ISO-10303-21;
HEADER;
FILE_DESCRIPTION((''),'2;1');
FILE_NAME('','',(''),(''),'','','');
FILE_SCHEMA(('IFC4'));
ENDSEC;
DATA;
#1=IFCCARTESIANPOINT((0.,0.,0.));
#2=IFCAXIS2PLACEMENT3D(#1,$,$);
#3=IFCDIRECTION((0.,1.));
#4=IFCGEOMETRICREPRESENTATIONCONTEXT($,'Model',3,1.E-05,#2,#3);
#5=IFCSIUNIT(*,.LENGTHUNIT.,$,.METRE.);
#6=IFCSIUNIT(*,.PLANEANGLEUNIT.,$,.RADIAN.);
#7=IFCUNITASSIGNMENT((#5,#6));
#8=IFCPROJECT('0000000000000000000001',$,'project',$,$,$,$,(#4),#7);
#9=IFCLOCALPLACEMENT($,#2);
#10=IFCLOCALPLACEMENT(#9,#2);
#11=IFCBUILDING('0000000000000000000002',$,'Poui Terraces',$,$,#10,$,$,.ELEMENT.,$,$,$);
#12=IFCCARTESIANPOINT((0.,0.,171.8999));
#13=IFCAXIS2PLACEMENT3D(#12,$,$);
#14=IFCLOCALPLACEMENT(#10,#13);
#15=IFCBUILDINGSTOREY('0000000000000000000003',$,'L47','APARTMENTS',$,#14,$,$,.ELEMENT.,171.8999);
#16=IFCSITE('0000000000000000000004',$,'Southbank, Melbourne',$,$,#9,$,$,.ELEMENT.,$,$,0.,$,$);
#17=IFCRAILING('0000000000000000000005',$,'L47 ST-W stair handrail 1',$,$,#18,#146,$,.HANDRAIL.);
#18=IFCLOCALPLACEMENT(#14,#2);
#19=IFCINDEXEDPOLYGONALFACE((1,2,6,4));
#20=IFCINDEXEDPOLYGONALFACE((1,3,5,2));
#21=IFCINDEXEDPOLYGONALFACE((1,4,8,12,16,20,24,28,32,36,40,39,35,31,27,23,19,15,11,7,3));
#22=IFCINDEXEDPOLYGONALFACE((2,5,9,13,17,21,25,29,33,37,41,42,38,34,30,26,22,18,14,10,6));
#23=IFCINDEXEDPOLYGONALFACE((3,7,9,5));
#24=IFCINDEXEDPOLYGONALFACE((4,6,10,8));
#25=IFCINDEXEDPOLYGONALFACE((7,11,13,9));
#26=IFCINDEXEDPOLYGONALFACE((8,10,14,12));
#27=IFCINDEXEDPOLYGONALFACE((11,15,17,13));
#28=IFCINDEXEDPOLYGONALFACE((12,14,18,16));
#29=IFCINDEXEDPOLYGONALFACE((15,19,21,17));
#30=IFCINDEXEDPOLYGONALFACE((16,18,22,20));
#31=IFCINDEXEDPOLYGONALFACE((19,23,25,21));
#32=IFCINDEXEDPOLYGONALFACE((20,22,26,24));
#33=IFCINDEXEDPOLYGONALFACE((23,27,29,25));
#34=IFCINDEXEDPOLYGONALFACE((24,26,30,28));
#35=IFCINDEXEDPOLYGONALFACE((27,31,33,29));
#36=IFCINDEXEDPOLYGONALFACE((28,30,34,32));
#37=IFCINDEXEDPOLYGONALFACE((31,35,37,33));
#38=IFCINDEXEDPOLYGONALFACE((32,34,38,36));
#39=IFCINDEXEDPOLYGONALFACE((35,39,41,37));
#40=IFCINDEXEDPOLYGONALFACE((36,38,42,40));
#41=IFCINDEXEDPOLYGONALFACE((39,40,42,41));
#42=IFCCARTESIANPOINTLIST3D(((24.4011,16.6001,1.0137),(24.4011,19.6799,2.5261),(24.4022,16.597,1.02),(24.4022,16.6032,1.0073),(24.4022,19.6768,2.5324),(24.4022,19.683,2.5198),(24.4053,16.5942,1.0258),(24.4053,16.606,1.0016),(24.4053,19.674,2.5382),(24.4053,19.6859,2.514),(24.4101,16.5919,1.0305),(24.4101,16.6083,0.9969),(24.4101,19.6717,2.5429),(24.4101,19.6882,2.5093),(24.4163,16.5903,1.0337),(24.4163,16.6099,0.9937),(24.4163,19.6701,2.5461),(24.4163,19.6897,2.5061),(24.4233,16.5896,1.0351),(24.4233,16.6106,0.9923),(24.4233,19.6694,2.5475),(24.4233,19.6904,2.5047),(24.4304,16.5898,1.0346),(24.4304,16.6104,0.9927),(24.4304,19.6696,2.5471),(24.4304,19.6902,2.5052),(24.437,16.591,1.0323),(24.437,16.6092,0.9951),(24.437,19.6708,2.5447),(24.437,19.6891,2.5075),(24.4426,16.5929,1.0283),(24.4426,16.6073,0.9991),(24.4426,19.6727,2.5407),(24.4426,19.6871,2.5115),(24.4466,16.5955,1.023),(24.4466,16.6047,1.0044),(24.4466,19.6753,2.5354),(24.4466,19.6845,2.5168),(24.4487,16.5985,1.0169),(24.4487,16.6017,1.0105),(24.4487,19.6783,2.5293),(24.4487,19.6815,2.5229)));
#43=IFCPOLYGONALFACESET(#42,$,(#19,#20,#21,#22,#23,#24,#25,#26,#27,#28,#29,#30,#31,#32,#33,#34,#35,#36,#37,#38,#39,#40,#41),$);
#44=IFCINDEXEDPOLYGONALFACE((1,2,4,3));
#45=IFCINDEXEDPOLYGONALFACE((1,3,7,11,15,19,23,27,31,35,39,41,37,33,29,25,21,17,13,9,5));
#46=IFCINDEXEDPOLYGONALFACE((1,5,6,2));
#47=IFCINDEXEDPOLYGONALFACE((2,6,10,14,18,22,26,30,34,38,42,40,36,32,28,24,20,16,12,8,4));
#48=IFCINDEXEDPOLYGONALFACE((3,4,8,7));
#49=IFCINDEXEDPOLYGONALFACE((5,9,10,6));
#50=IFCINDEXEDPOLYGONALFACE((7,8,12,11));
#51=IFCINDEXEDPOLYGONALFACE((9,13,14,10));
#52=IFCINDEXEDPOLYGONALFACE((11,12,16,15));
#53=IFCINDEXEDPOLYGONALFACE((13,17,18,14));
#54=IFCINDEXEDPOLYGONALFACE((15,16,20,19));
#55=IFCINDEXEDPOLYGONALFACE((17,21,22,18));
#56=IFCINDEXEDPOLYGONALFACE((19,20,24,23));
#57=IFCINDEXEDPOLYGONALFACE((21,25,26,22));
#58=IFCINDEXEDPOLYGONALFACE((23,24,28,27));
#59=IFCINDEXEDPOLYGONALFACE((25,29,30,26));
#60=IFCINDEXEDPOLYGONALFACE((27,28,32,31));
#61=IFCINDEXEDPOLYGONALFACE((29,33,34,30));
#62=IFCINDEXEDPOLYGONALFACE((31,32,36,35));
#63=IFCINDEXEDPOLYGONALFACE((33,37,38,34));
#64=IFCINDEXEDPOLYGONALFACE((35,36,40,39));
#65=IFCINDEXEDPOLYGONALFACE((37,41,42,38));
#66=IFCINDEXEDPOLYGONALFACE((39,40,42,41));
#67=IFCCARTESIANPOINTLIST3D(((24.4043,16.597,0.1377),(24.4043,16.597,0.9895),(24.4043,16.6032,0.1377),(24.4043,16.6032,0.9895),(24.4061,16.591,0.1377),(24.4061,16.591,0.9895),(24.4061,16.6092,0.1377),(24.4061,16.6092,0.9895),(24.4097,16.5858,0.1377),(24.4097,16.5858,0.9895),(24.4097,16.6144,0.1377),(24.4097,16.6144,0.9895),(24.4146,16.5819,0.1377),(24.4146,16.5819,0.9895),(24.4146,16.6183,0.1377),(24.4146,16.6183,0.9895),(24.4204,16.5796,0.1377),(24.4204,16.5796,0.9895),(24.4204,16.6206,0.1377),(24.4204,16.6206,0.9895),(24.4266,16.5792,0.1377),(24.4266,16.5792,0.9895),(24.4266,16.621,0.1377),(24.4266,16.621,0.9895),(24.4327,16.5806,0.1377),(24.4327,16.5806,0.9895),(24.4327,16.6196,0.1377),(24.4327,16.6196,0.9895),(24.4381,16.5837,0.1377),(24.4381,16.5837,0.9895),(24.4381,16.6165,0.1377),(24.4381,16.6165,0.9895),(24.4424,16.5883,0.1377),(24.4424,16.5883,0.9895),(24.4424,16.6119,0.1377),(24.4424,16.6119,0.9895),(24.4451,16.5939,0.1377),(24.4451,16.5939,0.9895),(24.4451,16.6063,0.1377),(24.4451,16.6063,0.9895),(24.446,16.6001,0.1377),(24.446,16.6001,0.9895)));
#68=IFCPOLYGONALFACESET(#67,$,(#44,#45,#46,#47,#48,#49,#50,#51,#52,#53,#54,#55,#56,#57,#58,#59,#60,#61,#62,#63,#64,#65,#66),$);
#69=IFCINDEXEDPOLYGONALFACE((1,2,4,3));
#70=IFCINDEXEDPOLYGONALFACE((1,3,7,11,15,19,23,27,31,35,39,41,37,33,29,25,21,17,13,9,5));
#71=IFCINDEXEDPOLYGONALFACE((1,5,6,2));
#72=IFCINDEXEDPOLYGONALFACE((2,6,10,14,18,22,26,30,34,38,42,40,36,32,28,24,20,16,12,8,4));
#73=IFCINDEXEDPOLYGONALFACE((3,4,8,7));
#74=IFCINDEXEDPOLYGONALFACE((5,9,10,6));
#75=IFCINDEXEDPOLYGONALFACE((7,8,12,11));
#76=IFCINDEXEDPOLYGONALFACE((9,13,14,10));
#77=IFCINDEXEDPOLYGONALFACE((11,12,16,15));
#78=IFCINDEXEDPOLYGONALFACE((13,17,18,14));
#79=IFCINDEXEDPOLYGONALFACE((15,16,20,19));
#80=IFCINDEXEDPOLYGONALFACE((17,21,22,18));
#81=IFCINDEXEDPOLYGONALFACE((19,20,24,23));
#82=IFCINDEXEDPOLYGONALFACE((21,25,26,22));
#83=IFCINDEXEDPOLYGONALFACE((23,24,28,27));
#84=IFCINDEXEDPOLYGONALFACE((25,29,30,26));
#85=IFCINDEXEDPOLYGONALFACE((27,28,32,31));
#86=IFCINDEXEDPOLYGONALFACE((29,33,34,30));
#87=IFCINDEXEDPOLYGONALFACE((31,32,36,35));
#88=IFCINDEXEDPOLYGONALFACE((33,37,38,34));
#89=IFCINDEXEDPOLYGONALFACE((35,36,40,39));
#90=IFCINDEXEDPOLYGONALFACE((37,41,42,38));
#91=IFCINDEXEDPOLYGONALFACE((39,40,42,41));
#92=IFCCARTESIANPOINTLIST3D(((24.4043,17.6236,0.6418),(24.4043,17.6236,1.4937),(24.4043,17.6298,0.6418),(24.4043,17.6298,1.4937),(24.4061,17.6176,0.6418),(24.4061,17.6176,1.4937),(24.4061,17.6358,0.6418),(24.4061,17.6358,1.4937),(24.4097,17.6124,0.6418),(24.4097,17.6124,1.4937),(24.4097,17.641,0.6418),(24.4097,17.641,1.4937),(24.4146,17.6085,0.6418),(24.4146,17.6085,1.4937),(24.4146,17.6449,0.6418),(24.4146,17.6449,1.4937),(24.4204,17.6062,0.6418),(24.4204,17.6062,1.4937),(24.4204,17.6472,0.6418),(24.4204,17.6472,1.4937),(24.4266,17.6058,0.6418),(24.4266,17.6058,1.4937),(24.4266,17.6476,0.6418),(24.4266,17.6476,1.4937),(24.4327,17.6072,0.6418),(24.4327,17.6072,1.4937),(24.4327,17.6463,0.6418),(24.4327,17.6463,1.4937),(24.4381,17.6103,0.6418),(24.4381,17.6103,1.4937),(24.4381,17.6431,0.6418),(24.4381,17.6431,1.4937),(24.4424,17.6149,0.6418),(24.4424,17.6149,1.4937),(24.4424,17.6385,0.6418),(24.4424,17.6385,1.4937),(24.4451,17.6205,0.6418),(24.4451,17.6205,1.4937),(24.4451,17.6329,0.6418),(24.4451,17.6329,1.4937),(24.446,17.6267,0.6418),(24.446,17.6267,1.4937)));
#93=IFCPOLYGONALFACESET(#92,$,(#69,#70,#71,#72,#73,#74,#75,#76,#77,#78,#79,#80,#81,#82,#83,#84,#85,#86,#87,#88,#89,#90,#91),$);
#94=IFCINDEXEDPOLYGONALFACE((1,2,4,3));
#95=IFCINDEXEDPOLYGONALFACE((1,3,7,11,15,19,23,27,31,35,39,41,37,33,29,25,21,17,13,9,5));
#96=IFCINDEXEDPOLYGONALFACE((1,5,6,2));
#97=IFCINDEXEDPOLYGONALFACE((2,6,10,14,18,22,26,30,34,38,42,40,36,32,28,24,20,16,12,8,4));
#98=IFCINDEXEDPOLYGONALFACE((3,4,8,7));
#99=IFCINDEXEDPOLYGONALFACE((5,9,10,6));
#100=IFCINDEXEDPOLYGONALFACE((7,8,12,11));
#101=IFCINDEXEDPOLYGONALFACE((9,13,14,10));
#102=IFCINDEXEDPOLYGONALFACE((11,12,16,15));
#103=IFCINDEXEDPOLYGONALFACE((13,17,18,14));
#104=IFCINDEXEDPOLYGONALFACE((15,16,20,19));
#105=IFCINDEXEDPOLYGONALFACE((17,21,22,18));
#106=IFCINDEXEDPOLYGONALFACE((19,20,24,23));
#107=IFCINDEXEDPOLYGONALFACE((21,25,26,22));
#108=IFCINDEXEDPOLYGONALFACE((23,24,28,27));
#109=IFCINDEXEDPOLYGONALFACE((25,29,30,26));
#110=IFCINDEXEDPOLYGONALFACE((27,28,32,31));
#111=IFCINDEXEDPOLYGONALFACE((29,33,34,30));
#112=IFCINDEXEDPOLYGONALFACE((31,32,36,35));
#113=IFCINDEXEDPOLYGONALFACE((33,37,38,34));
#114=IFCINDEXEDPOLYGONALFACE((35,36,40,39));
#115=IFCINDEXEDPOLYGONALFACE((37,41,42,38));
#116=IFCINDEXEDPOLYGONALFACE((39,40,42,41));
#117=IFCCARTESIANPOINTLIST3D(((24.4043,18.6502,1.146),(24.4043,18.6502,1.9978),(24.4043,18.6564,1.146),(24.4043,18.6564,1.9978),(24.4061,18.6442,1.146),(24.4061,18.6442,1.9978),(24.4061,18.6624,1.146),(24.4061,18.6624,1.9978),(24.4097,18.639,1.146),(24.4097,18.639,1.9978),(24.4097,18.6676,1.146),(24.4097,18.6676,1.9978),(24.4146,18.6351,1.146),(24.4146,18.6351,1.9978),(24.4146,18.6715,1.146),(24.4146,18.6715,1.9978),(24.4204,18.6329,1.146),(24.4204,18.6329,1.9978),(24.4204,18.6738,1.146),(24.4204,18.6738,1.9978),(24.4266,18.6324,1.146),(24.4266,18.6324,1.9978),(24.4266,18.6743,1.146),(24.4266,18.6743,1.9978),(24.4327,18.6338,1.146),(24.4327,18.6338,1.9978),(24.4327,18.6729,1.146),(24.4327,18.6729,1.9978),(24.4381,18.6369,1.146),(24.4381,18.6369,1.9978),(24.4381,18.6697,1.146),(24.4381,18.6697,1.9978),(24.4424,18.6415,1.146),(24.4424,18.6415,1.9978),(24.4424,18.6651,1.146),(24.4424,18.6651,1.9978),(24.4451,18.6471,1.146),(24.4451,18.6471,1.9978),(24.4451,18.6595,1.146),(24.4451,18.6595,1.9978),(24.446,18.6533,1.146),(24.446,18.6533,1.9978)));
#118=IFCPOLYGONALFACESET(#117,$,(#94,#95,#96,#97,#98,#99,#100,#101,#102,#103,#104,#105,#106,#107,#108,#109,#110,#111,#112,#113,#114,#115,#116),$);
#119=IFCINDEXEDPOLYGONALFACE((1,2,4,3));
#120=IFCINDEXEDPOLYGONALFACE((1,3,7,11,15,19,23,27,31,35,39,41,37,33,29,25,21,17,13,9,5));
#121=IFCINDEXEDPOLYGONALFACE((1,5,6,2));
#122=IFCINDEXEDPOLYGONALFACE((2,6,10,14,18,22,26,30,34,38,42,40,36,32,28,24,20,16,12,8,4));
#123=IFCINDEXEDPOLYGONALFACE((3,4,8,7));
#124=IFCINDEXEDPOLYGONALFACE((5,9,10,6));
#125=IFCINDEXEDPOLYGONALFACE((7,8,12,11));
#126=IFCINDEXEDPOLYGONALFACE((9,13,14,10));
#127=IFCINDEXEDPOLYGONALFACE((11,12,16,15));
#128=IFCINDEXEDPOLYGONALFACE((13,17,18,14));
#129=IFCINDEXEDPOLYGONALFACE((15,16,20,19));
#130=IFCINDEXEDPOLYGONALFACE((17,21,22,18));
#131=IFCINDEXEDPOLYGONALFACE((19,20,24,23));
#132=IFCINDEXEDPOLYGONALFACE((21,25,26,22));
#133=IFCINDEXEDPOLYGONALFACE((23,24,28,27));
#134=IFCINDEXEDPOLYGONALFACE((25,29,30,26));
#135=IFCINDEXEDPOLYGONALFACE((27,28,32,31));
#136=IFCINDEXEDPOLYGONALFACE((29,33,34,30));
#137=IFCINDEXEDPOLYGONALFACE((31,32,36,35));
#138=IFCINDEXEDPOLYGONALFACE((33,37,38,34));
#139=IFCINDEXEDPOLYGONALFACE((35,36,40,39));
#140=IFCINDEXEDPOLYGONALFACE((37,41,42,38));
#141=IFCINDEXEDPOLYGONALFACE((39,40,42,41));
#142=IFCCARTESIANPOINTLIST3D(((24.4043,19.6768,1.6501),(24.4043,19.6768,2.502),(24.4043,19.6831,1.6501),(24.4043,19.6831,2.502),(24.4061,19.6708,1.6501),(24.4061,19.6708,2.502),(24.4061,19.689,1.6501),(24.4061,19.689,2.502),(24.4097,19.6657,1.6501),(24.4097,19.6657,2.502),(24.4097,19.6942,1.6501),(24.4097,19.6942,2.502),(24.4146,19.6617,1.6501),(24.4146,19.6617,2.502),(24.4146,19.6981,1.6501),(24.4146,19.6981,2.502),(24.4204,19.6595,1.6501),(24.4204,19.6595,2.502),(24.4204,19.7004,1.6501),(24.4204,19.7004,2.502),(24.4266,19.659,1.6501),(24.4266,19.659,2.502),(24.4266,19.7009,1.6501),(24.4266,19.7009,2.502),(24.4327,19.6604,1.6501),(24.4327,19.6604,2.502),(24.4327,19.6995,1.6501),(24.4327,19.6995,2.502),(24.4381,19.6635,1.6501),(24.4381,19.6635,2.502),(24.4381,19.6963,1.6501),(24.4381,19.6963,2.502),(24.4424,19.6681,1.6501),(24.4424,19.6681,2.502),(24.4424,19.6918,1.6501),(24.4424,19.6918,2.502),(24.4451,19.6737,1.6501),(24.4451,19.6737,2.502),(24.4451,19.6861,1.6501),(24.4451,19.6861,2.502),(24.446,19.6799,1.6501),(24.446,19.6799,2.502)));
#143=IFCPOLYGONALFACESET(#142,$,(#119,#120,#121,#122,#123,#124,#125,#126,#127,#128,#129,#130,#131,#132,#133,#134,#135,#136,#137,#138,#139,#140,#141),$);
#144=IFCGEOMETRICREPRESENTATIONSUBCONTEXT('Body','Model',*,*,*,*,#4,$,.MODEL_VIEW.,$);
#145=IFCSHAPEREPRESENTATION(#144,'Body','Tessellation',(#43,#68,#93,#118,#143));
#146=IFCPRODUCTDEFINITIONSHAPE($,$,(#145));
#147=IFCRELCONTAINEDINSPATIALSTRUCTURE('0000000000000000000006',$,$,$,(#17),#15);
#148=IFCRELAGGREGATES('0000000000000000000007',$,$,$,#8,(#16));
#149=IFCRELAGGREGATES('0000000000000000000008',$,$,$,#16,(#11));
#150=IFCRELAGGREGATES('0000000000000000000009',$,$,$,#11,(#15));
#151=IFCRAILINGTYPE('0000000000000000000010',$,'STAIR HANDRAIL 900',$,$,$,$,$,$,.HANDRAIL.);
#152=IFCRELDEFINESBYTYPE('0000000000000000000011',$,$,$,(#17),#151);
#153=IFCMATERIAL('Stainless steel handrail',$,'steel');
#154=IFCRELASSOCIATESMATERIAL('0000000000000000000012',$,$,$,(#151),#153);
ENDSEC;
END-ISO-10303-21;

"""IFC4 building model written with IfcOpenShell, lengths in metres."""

from ifc_helpers import new_model, si_unit, direction, frame, origin, origin_2d, place, context, subcontext, project, spatial, circle, extrude, material, type_object, element, save


model = new_model("IFC4")

# Units and contexts
model_context = context("Model", 3, precision=1e-05, world=origin(), true_north=direction((0.0, 1.0)))
body_context = subcontext(model_context, "Body", "Model", "MODEL_VIEW")
ifc_project = project(units=[si_unit("LENGTHUNIT", "METRE"), si_unit("PLANEANGLEUNIT", "RADIAN")], contexts=[model_context])

# Site, building, storey
site_placement = place(None, origin())
site = spatial("IfcSite", under=ifc_project, at=site_placement, Name="Southbank, Melbourne", CompositionType="ELEMENT", RefElevation=0.0)
building_placement = place(site_placement, origin())
building = spatial("IfcBuilding", under=site, at=building_placement, Name="Poui Terraces", CompositionType="ELEMENT")
storey_placement = place(building_placement, frame((0.0, 0.0, 171.8999)))
storey = spatial("IfcBuildingStorey", under=building, at=storey_placement, Name="L47", Description="APARTMENTS", CompositionType="ELEMENT", Elevation=171.8999)

# Railing
ifc_material_1 = material(Name="Stainless steel handrail", Category="steel")
railing_type_1 = type_object("IfcRailingType", Name="STAIR HANDRAIL 900", PredefinedType="HANDRAIL", material=ifc_material_1)
railing_1_placement = place(storey_placement, frame((24.425, 16.6001, 0.1377)))
element("IfcRailing", 1, at=railing_1_placement, inside=storey, type_object=railing_type_1, Name="L47 ST-W stair handrail 1", PredefinedType="HANDRAIL", context=body_context, shape_type="SweptSolid", body=[
    extrude(circle(Radius=0.0239, at=origin_2d()), frame((0.0, 0.0, 0.876), z_axis=(0.0, 0.897606, 0.440798), x_axis=(-1.0, 0.0, 0.0)), (0.0, 0.0, 1.0), 3.4312),
    extrude(circle(Radius=0.021, at=origin_2d()), origin(), (0.0, 0.0, 1.0), 0.8518),
    extrude(circle(Radius=0.021, at=origin_2d()), frame((0.0, 1.0266, 0.5042)), (0.0, 0.0, 1.0), 0.8518),
    extrude(circle(Radius=0.021, at=origin_2d()), frame((0.0, 2.0532, 1.0083)), (0.0, 0.0, 1.0), 0.8518),
    extrude(circle(Radius=0.021, at=origin_2d()), frame((0.0, 3.0798, 1.5125)), (0.0, 0.0, 1.0), 0.8518),
])

save(model, "model.ifc")
